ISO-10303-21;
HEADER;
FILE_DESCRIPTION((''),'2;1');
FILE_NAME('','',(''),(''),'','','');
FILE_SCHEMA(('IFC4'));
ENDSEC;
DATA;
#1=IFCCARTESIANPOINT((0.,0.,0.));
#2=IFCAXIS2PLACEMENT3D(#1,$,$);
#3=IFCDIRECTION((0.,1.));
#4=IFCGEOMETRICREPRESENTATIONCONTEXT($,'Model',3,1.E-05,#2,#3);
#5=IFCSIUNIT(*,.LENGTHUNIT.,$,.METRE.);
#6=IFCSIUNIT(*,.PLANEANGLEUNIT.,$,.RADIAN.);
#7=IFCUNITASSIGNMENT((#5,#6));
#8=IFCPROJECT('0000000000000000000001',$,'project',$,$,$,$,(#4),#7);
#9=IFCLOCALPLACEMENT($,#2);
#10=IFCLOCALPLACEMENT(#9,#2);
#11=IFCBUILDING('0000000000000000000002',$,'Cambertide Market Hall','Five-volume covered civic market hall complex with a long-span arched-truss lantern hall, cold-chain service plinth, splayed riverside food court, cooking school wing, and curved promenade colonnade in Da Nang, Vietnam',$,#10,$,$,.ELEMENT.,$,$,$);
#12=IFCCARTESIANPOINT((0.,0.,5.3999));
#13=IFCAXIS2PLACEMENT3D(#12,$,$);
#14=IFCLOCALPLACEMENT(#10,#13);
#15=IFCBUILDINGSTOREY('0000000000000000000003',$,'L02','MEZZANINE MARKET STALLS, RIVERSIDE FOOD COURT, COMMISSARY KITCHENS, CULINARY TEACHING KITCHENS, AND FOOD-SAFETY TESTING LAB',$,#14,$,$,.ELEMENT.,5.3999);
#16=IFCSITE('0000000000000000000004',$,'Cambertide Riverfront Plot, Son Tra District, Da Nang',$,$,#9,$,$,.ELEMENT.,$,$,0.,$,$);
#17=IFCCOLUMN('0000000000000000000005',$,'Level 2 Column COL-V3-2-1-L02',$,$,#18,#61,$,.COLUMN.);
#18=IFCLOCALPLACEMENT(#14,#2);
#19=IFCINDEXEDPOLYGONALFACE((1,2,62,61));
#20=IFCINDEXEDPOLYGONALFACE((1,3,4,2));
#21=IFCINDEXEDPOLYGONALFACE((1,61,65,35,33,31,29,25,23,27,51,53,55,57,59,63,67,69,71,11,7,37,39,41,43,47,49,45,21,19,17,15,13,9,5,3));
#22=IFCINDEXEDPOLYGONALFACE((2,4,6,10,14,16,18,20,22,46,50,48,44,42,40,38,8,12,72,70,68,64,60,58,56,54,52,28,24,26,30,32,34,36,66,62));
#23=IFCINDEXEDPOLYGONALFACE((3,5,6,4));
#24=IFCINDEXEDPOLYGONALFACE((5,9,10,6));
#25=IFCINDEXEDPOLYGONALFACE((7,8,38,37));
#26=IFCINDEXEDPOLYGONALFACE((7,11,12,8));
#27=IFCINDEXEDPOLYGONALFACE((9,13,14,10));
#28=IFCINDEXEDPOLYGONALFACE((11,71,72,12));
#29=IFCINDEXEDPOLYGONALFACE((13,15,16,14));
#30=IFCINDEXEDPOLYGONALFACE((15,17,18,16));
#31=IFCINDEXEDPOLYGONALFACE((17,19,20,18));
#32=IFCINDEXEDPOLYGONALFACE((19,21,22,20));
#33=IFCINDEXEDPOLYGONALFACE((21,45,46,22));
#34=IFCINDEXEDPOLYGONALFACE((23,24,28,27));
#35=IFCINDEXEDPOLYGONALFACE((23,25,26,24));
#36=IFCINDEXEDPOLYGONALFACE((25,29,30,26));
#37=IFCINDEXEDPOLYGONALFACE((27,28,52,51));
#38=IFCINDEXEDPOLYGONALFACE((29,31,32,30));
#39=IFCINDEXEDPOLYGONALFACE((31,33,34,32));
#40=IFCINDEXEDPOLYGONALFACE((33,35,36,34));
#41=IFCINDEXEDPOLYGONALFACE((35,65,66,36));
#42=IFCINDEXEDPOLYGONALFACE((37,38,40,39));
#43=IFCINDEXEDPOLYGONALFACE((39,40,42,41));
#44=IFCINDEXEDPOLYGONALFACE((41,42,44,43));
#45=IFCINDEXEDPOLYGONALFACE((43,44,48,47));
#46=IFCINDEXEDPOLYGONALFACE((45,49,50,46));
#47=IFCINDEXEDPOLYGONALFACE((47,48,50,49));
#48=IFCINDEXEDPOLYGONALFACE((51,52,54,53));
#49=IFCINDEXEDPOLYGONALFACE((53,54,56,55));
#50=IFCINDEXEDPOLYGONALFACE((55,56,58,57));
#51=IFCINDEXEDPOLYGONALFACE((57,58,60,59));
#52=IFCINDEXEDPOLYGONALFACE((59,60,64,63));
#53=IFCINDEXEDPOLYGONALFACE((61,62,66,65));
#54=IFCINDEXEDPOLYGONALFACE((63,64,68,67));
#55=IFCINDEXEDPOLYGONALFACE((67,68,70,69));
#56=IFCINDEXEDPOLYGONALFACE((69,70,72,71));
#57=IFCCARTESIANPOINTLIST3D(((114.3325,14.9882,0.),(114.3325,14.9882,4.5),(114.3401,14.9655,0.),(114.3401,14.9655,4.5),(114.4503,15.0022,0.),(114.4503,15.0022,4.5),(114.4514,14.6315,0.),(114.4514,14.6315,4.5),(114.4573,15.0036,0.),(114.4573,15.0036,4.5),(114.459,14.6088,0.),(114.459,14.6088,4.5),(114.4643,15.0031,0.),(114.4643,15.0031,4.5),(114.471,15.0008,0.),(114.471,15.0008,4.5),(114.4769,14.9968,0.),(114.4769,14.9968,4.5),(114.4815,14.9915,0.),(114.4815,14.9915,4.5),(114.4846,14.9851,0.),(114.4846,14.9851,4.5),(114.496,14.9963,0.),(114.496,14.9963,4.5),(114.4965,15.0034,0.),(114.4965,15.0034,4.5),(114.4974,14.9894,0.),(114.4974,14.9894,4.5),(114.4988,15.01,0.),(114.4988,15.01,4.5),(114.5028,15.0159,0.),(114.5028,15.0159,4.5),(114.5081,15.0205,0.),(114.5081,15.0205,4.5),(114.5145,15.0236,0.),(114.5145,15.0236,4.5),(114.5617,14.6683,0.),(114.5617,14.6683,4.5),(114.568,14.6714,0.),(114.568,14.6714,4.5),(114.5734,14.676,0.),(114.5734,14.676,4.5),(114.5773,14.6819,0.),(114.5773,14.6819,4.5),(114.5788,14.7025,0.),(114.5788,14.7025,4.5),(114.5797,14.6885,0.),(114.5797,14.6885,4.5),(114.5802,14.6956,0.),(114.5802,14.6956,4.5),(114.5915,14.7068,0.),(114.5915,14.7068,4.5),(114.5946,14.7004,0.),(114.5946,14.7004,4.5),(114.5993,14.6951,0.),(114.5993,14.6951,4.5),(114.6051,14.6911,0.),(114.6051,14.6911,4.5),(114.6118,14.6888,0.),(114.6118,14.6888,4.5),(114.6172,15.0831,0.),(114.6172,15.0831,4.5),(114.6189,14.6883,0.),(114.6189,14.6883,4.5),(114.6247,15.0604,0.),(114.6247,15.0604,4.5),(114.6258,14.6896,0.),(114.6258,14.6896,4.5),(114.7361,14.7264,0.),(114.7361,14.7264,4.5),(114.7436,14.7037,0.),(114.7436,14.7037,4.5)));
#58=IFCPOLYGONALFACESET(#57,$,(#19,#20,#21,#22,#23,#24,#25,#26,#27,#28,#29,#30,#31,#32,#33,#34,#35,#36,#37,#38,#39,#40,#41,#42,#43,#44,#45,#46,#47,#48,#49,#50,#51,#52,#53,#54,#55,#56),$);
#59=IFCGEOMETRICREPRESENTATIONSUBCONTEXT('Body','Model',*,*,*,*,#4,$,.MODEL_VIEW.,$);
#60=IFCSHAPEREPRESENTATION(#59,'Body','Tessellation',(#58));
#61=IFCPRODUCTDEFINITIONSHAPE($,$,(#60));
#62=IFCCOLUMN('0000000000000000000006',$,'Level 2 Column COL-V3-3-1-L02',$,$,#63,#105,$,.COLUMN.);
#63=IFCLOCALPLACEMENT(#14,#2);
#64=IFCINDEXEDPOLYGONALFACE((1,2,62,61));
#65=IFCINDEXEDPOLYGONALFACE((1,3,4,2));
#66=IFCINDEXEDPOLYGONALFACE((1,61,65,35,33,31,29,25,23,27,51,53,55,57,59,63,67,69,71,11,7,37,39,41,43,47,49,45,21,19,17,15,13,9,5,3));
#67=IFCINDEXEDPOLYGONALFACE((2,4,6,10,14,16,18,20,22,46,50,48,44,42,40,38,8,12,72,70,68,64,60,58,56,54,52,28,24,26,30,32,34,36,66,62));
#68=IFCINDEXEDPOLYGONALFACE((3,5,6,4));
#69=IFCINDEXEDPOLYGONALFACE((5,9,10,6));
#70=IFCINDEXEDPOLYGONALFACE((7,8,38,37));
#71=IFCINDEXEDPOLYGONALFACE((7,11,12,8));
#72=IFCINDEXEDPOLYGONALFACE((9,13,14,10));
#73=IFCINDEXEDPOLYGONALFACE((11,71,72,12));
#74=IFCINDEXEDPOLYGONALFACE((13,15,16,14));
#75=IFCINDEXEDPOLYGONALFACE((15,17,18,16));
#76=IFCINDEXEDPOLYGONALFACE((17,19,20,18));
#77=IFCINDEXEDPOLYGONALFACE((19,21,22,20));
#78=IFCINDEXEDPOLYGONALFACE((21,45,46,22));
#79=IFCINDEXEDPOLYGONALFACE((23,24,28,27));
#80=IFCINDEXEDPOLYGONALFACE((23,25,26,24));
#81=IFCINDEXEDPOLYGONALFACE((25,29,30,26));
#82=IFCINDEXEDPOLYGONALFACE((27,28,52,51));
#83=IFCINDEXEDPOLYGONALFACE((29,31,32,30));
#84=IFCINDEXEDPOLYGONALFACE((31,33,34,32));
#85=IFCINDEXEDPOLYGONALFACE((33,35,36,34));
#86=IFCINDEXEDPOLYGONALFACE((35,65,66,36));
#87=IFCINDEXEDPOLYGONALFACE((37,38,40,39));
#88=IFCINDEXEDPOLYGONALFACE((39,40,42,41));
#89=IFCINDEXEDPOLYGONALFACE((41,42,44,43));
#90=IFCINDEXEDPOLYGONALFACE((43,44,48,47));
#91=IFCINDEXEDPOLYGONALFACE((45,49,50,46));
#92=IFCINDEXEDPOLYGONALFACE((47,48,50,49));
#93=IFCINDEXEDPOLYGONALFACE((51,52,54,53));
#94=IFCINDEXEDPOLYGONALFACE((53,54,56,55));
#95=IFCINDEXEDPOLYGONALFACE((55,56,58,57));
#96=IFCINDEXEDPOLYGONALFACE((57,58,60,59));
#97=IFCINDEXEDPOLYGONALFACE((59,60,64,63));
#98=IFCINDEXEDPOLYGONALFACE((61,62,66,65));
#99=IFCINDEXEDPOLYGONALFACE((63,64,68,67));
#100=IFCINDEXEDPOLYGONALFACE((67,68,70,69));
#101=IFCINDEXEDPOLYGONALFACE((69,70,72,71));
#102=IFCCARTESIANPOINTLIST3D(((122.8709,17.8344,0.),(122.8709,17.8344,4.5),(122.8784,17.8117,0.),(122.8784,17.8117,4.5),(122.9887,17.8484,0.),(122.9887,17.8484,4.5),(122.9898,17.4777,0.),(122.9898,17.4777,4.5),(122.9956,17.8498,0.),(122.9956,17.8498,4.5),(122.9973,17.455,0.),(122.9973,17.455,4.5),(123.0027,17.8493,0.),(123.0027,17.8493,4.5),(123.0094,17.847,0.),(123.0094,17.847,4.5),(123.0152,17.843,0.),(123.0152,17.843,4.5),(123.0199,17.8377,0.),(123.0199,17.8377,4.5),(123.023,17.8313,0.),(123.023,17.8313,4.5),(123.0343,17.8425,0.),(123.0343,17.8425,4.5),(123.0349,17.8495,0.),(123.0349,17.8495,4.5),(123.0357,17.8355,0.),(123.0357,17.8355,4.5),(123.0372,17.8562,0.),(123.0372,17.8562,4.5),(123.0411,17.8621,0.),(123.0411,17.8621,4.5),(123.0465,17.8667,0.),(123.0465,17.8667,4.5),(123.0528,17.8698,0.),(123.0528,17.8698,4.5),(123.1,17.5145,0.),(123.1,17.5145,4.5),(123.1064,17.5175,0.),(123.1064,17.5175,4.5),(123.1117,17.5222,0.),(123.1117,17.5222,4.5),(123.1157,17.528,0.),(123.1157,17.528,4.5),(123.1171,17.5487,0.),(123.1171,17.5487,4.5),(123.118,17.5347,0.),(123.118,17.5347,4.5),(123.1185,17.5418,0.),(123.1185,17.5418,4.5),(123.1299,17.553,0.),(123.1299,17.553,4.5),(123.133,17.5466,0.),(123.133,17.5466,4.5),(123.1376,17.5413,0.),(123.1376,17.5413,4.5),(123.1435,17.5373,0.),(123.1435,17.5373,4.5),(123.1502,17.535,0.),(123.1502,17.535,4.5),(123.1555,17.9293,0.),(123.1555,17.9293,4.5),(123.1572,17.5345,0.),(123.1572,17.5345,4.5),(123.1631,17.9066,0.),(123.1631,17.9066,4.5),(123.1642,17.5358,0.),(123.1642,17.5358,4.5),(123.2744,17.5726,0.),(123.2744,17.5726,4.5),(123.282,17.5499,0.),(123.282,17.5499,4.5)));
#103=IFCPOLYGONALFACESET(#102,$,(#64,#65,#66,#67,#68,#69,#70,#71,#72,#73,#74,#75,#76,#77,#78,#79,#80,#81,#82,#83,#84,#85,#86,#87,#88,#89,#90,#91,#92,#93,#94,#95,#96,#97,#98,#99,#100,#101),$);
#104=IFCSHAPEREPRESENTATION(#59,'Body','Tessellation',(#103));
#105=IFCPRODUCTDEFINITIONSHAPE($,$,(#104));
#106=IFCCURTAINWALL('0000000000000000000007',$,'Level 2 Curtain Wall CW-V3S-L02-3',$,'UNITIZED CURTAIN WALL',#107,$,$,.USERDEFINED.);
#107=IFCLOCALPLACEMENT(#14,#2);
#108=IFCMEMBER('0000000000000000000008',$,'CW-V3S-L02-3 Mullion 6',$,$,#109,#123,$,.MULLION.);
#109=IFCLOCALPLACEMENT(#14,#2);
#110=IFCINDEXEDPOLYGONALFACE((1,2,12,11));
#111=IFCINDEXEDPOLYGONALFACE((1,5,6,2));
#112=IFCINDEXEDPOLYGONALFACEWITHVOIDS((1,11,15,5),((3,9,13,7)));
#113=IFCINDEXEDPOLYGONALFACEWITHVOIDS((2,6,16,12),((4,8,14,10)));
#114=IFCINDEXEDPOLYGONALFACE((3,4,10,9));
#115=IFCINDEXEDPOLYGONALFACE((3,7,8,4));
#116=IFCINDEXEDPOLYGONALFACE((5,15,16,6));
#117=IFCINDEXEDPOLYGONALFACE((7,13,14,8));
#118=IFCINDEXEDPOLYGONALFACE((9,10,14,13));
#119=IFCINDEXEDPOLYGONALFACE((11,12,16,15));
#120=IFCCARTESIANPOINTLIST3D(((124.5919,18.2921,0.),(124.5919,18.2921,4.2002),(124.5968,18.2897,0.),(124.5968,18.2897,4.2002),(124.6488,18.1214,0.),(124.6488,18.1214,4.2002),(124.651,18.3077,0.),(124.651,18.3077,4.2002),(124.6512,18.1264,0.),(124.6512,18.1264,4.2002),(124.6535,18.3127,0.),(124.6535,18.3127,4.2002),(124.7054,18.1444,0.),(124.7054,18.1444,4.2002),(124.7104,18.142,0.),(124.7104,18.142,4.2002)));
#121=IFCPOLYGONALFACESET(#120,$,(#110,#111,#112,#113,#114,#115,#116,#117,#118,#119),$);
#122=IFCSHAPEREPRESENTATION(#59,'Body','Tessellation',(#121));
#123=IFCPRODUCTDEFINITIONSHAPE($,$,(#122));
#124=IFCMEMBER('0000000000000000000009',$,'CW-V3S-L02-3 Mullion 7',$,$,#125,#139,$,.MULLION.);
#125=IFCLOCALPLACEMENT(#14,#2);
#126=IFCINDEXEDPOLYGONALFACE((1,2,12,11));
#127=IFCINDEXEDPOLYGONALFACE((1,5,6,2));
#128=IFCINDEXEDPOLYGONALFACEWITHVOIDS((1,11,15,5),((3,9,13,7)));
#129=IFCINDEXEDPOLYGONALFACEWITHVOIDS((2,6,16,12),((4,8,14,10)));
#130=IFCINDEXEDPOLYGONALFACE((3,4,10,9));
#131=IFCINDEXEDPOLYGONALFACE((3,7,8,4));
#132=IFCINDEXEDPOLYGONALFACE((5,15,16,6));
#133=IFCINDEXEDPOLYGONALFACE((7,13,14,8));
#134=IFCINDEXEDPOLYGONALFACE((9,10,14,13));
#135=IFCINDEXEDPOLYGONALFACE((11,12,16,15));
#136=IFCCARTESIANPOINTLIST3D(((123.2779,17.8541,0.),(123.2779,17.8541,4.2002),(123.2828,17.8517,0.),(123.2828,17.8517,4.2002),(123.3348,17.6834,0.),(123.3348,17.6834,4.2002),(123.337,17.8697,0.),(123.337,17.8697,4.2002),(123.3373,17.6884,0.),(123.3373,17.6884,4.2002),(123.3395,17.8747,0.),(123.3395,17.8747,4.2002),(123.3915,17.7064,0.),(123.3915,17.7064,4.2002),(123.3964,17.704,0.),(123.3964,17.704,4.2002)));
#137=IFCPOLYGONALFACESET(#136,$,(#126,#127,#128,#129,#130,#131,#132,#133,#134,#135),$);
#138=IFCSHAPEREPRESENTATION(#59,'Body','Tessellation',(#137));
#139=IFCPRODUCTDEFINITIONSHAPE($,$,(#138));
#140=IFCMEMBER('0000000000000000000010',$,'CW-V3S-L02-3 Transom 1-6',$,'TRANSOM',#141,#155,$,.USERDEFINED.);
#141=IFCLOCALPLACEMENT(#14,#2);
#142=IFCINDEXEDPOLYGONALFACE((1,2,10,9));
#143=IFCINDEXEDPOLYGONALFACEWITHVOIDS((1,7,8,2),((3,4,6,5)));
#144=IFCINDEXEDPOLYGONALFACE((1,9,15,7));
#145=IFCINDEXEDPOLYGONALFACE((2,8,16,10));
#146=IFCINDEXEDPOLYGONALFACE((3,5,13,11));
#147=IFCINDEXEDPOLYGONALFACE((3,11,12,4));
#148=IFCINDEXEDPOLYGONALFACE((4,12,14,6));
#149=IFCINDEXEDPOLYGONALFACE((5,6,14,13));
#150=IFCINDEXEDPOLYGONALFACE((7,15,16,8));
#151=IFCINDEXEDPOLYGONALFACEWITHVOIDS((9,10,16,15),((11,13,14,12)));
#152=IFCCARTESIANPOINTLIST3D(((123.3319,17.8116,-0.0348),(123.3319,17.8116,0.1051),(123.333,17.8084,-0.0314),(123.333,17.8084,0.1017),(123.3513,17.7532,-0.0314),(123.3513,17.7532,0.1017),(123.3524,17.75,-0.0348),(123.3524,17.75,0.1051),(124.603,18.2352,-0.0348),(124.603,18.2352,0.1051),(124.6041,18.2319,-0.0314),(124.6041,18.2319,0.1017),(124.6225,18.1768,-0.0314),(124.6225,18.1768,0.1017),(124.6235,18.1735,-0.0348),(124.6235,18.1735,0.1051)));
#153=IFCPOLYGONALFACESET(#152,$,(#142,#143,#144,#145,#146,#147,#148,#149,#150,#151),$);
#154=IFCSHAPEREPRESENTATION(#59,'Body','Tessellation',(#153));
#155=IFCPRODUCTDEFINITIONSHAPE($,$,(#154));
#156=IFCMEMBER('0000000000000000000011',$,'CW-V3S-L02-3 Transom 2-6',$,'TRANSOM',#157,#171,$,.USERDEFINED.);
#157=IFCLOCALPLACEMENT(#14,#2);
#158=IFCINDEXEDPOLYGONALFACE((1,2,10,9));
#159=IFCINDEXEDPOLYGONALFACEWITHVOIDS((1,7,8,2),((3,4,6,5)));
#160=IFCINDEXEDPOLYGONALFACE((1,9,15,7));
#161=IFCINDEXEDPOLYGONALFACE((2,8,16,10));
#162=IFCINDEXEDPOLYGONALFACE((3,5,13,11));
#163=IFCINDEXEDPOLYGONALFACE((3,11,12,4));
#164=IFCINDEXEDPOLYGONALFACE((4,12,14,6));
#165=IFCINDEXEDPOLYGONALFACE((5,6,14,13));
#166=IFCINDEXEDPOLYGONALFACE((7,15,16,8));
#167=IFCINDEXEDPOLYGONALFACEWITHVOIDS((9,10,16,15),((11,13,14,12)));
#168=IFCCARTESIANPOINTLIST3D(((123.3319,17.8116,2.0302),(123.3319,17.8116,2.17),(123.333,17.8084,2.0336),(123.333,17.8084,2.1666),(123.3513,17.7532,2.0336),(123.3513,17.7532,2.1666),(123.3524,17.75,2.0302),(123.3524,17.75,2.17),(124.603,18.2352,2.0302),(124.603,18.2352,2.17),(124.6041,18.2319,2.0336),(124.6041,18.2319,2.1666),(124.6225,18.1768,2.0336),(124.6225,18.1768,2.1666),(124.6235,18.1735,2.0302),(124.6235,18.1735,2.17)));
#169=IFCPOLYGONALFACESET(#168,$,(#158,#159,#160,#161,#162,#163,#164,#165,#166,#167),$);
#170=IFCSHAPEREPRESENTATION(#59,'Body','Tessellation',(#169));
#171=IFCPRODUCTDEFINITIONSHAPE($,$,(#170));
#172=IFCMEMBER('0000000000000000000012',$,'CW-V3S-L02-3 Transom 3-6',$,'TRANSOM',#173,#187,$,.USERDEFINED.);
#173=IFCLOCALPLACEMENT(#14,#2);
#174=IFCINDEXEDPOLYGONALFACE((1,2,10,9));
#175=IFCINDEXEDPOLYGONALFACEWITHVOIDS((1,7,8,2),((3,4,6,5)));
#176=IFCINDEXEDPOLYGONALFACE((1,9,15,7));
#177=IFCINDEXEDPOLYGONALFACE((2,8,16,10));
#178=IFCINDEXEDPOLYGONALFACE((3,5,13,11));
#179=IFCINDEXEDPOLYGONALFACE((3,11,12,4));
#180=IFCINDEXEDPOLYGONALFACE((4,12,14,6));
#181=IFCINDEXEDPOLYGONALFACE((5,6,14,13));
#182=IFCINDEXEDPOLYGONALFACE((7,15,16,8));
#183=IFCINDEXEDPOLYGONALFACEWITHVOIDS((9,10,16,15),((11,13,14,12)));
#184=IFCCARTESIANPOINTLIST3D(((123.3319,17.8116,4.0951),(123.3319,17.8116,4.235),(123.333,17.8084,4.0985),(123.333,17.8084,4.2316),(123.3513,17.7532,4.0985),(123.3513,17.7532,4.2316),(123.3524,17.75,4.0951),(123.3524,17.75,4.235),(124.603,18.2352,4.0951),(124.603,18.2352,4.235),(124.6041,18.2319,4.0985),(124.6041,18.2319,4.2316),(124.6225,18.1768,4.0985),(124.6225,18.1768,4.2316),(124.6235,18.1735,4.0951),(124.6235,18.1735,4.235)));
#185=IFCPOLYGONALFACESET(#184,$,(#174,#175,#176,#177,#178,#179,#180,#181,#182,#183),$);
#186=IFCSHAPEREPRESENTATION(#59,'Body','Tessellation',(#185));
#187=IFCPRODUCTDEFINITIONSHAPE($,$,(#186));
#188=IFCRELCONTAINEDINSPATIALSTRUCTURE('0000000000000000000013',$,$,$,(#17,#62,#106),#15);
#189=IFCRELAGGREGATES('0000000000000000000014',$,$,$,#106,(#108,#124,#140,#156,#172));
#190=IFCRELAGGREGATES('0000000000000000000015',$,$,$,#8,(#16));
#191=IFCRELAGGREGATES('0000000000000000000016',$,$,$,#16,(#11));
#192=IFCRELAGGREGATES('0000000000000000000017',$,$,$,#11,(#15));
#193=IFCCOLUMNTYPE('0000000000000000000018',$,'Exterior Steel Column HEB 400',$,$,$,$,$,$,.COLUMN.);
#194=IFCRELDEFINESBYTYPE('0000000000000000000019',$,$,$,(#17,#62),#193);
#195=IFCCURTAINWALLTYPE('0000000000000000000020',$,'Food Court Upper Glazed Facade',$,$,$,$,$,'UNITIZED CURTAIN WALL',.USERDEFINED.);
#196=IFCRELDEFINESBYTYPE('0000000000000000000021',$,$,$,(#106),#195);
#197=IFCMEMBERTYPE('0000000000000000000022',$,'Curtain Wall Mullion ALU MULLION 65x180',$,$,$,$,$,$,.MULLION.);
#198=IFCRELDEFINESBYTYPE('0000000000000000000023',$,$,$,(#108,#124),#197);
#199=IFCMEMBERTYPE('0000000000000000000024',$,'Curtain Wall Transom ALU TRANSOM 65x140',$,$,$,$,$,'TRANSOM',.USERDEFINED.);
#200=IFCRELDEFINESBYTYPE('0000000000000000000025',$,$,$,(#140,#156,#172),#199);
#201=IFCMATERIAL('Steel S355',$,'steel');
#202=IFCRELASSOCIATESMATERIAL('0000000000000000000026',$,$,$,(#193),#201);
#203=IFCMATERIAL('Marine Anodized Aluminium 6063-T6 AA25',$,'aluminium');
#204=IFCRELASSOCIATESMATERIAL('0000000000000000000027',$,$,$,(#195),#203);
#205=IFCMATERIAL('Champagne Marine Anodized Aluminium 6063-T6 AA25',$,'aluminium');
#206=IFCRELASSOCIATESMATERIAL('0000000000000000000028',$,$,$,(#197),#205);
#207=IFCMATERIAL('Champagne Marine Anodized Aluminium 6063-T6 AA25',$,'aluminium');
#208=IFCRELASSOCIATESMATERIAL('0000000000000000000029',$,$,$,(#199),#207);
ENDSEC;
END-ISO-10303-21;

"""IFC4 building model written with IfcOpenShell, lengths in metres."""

from ifc_helpers import new_model, si_unit, direction, frame, origin, origin_2d, place, context, subcontext, project, spatial, hollow_rectangle, i_section, extrude, material, material_profile, profile_set, type_object, element, aggregate, save


model = new_model("IFC4")

# Units and contexts
model_context = context("Model", 3, precision=1e-05, world=origin(), true_north=direction((0.0, 1.0)))
body_context = subcontext(model_context, "Body", "Model", "MODEL_VIEW")
ifc_project = project(units=[si_unit("LENGTHUNIT", "METRE"), si_unit("PLANEANGLEUNIT", "RADIAN")], contexts=[model_context])

# Site, building, storey
site_placement = place(None, origin())
site = spatial("IfcSite", under=ifc_project, at=site_placement, Name="Cambertide Riverfront Plot, Son Tra District, Da Nang", CompositionType="ELEMENT", RefElevation=0.0)
building_placement = place(site_placement, origin())
building = spatial("IfcBuilding", under=site, at=building_placement, Name="Cambertide Market Hall", Description="Five-volume covered civic market hall complex with a long-span arched-truss lantern hall, cold-chain service plinth, splayed riverside food court, cooking school wing, and curved promenade colonnade in Da Nang, Vietnam", CompositionType="ELEMENT")
storey_placement = place(building_placement, frame((0.0, 0.0, 5.3999)))
storey = spatial("IfcBuildingStorey", under=building, at=storey_placement, Name="L02", Description="MEZZANINE MARKET STALLS, RIVERSIDE FOOD COURT, COMMISSARY KITCHENS, CULINARY TEACHING KITCHENS, AND FOOD-SAFETY TESTING LAB", CompositionType="ELEMENT", Elevation=5.3999)

# Columns
ifc_material_1 = material(Name="Steel S355", Category="steel")
ifc_material_profile_1 = material_profile(ifc_material_1, i_section(OverallWidth=0.3, OverallDepth=0.3999, WebThickness=0.0134, FlangeThickness=0.0239, FilletRadius=0.0271, at=origin_2d()), Name="HEB 400")
ifc_profile_set_1 = profile_set([ifc_material_profile_1], Name="Steel S355")
column_type = type_object("IfcColumnType", Name="Exterior Steel Column HEB 400", PredefinedType="COLUMN", material=ifc_profile_set_1)
for number, where, z_axis, x_axis, name in (
    (1, (114.5381, 14.8459, 0.0), (0.0, 0.0, 1.0), (0.948683, 0.316228, 0.0), "Level 2 Column COL-V3-2-1-L02"),
    (2, (123.0764, 17.6921, 0.0), (0.0, 0.0, 1.0), (0.948683, 0.316228, 0.0), "Level 2 Column COL-V3-3-1-L02"),
):
    element("IfcColumn", number, at=place(storey_placement, frame(where, z_axis=z_axis, x_axis=x_axis)), inside=storey, type_object=column_type, Name=name, PredefinedType="COLUMN", context=body_context, shape_type="SweptSolid", body=[
        extrude(i_section(OverallWidth=0.3, OverallDepth=0.3999, WebThickness=0.0134, FlangeThickness=0.0239, FilletRadius=0.0271, at=origin_2d()), origin(), (0.0, 0.0, 1.0), 4.5),
    ])

# Curtain wall, members
ifc_material_2 = material(Name="Marine Anodized Aluminium 6063-T6 AA25", Category="aluminium")
curtain_wall_type = type_object("IfcCurtainWallType", Name="Food Court Upper Glazed Facade", ElementType="UNITIZED CURTAIN WALL", PredefinedType="USERDEFINED", material=ifc_material_2)
curtain_wall_placement = place(storey_placement, origin())
curtain_wall = element("IfcCurtainWall", 3, at=curtain_wall_placement, inside=storey, type_object=curtain_wall_type, Name="Level 2 Curtain Wall CW-V3S-L02-3", ObjectType="UNITIZED CURTAIN WALL", PredefinedType="USERDEFINED")
ifc_material_3 = material(Name="Champagne Marine Anodized Aluminium 6063-T6 AA25", Category="aluminium")
ifc_material_profile_2 = material_profile(ifc_material_3, hollow_rectangle(XDim=0.0649, YDim=0.1799, WallThickness=0.0039, at=origin_2d()), Name="ALU MULLION 65x180")
ifc_profile_set_2 = profile_set([ifc_material_profile_2], Name="Champagne Marine Anodized Aluminium 6063-T6 AA25")
member_type_1 = type_object("IfcMemberType", Name="Curtain Wall Mullion ALU MULLION 65x180", PredefinedType="MULLION", material=ifc_profile_set_2)
member_1_placement = place(storey_placement, frame((124.6511, 18.217, 0.0), z_axis=(0.0, 0.0, 1.0), x_axis=(-0.948683, -0.316228, 0.0)))
member_1 = element("IfcMember", 4, at=member_1_placement, type_object=member_type_1, Name="CW-V3S-L02-3 Mullion 6", PredefinedType="MULLION", context=body_context, shape_type="SweptSolid", body=[
    extrude(hollow_rectangle(XDim=0.0649, YDim=0.1799, WallThickness=0.0039, at=origin_2d()), origin(), (0.0, 0.0, 1.0), 4.2002),
])
member_2_placement = place(storey_placement, frame((123.3372, 17.7791, 0.0), z_axis=(0.0, 0.0, 1.0), x_axis=(-0.948683, -0.316228, 0.0)))
member_2 = element("IfcMember", 5, at=member_2_placement, type_object=member_type_1, Name="CW-V3S-L02-3 Mullion 7", PredefinedType="MULLION", context=body_context, shape_type="SweptSolid", body=[
    extrude(hollow_rectangle(XDim=0.0649, YDim=0.1799, WallThickness=0.0039, at=origin_2d()), origin(), (0.0, 0.0, 1.0), 4.2002),
])
ifc_material_4 = material(Name="Champagne Marine Anodized Aluminium 6063-T6 AA25", Category="aluminium")
ifc_material_profile_3 = material_profile(ifc_material_4, hollow_rectangle(XDim=0.0649, YDim=0.1399, WallThickness=0.0034, at=origin_2d()), Name="ALU TRANSOM 65x140")
ifc_profile_set_3 = profile_set([ifc_material_profile_3], Name="Champagne Marine Anodized Aluminium 6063-T6 AA25")
member_type_2 = type_object("IfcMemberType", Name="Curtain Wall Transom ALU TRANSOM 65x140", ElementType="TRANSOM", PredefinedType="USERDEFINED", material=ifc_profile_set_3)
member_3_placement = place(storey_placement, frame((124.6133, 18.2043, 0.0352), z_axis=(-0.94872, -0.316118, 0.0), x_axis=(0.316118, -0.94872, 0.0)))
member_3 = element("IfcMember", 6, at=member_3_placement, type_object=member_type_2, Name="CW-V3S-L02-3 Transom 1-6", ObjectType="TRANSOM", PredefinedType="USERDEFINED", context=body_context, shape_type="SweptSolid", body=[
    extrude(hollow_rectangle(XDim=0.0649, YDim=0.1399, WallThickness=0.0034, at=origin_2d()), origin(), (0.0, 0.0, 1.0), 1.3398),
])
member_4_placement = place(storey_placement, frame((124.6133, 18.2043, 2.1001), z_axis=(-0.94872, -0.316118, 0.0), x_axis=(0.316118, -0.94872, 0.0)))
member_4 = element("IfcMember", 7, at=member_4_placement, type_object=member_type_2, Name="CW-V3S-L02-3 Transom 2-6", ObjectType="TRANSOM", PredefinedType="USERDEFINED", context=body_context, shape_type="SweptSolid", body=[
    extrude(hollow_rectangle(XDim=0.0649, YDim=0.1399, WallThickness=0.0034, at=origin_2d()), origin(), (0.0, 0.0, 1.0), 1.3398),
])
member_5_placement = place(storey_placement, frame((124.6133, 18.2043, 4.165), z_axis=(-0.94872, -0.316118, 0.0), x_axis=(0.316118, -0.94872, 0.0)))
member_5 = element("IfcMember", 8, at=member_5_placement, type_object=member_type_2, Name="CW-V3S-L02-3 Transom 3-6", ObjectType="TRANSOM", PredefinedType="USERDEFINED", context=body_context, shape_type="SweptSolid", body=[
    extrude(hollow_rectangle(XDim=0.0649, YDim=0.1399, WallThickness=0.0034, at=origin_2d()), origin(), (0.0, 0.0, 1.0), 1.3398),
])

aggregate(curtain_wall, [member_1, member_2, member_3, member_4, member_5])

save(model, "model.ifc")
